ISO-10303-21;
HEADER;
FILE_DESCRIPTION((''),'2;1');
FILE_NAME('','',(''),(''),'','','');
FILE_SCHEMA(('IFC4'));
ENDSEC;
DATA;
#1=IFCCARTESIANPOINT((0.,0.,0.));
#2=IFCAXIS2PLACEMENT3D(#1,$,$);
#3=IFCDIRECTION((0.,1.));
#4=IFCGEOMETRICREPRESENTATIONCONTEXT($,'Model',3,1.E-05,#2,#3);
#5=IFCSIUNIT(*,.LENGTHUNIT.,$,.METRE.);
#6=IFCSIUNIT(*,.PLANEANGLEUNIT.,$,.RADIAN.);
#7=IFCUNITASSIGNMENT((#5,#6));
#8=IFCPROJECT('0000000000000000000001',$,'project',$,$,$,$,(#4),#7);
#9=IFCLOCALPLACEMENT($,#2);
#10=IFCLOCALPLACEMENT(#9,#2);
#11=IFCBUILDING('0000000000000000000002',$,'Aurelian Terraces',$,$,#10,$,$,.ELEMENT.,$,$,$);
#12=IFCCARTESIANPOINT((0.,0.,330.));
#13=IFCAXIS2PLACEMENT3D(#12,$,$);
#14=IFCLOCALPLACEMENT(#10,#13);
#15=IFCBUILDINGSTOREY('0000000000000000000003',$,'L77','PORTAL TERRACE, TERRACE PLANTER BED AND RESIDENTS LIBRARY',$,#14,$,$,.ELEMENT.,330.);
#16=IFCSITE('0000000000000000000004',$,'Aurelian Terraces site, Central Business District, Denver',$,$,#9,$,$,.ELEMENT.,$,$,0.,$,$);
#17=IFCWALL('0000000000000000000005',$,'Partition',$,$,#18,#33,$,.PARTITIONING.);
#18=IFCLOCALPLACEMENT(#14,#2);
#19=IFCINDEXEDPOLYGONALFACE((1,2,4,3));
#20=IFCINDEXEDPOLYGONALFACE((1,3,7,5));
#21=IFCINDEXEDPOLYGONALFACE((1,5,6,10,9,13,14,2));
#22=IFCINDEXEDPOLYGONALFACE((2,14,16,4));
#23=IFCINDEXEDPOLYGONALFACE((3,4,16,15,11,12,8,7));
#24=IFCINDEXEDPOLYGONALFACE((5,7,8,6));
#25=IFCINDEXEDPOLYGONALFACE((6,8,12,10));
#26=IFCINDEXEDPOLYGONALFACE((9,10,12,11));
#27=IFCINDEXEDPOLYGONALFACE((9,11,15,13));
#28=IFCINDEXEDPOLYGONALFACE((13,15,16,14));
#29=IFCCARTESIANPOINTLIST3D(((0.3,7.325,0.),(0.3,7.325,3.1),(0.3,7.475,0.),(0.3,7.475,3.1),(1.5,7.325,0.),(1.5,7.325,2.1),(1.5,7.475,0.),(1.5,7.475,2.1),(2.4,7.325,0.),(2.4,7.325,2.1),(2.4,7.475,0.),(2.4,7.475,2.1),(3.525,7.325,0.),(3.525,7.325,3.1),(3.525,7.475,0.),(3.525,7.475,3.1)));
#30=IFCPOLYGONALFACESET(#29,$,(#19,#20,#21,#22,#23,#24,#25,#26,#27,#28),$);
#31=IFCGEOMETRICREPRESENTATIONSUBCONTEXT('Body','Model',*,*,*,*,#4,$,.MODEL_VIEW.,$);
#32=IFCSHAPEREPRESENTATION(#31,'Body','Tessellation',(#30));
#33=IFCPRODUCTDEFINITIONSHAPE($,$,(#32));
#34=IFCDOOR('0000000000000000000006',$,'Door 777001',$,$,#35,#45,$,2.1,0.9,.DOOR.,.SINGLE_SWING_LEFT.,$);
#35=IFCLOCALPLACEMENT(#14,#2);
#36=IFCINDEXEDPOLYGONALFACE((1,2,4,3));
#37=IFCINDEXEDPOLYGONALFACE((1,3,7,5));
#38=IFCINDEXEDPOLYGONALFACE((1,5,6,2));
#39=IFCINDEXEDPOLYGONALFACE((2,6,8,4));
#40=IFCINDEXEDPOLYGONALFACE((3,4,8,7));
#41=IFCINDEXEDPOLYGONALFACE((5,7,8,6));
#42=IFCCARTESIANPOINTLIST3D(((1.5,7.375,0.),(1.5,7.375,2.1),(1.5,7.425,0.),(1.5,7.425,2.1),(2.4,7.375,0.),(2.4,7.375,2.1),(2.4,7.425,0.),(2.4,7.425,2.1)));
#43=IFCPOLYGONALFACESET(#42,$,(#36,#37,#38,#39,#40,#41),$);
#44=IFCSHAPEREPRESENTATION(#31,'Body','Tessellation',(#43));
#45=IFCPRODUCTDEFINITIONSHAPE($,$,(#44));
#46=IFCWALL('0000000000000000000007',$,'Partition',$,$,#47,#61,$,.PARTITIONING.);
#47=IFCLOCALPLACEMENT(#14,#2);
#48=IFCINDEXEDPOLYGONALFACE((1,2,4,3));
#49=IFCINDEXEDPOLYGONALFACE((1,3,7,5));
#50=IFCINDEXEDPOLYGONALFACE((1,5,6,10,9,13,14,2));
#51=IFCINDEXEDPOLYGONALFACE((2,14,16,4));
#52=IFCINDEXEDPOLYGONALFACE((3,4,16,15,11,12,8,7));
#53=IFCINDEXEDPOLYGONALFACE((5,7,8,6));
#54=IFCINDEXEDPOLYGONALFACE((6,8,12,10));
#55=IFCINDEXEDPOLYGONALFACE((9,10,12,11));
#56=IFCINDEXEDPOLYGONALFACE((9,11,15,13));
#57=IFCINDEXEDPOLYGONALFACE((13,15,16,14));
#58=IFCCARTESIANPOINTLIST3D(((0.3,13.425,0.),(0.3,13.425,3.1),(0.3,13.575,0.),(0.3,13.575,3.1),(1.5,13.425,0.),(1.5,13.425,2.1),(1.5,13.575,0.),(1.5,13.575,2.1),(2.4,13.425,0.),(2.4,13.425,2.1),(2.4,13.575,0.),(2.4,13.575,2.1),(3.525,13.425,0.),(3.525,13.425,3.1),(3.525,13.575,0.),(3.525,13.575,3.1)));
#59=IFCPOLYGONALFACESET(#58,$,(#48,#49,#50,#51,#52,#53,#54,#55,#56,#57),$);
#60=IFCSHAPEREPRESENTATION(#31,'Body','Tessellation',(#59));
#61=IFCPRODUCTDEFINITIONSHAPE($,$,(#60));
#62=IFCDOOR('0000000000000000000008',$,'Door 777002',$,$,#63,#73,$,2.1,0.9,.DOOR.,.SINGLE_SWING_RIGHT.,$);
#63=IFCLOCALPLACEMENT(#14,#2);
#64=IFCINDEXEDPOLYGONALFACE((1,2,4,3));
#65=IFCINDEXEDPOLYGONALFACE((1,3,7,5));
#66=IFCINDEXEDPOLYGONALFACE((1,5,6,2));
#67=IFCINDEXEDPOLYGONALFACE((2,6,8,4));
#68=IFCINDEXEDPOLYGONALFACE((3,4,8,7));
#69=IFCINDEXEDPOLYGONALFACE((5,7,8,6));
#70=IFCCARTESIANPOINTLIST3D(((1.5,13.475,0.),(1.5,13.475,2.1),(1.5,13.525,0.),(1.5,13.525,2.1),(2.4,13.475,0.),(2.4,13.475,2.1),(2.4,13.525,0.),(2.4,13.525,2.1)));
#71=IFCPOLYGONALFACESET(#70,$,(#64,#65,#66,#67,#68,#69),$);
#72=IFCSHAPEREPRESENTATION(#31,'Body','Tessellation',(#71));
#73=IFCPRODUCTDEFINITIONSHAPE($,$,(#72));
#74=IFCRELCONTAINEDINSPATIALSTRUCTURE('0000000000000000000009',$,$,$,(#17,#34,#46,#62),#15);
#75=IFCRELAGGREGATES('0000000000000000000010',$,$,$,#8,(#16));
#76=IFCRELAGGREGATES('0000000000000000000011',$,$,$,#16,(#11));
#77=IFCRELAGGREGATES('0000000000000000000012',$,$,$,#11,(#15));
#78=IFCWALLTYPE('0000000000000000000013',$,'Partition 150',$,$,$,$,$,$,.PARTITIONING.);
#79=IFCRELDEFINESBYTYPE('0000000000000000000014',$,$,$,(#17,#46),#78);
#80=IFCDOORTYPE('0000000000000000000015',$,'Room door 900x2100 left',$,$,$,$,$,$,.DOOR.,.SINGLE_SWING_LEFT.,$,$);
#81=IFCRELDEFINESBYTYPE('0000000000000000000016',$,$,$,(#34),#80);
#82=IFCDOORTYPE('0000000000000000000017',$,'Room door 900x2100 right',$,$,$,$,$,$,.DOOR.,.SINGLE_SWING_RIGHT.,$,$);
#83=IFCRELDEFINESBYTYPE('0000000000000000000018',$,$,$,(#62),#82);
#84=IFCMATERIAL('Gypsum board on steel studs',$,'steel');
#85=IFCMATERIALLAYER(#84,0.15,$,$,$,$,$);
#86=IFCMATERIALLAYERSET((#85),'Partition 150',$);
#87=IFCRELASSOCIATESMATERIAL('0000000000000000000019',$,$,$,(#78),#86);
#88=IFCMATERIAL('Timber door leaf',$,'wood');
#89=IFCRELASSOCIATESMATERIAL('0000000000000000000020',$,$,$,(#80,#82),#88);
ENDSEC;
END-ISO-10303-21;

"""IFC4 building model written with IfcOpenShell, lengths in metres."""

from ifc_helpers import new_model, si_unit, direction, frame, frame_2d, origin, place, context, subcontext, project, spatial, rectangle, extrude, source, transform, mapped, material, layer, layer_set, type_object, element, fill, save


model = new_model("IFC4")

# Units and contexts
model_context = context("Model", 3, precision=1e-05, world=origin(), true_north=direction((0.0, 1.0)))
body_context = subcontext(model_context, "Body", "Model", "MODEL_VIEW")
ifc_project = project(units=[si_unit("LENGTHUNIT", "METRE"), si_unit("PLANEANGLEUNIT", "RADIAN")], contexts=[model_context])

# Site, building, storey
site_placement = place(None, origin())
site = spatial("IfcSite", under=ifc_project, at=site_placement, Name="Aurelian Terraces site, Central Business District, Denver", CompositionType="ELEMENT", RefElevation=0.0)
building_placement = place(site_placement, origin())
building = spatial("IfcBuilding", under=site, at=building_placement, Name="Aurelian Terraces", CompositionType="ELEMENT")
storey_placement = place(building_placement, frame((0.0, 0.0, 330.0)))
storey = spatial("IfcBuildingStorey", under=building, at=storey_placement, Name="L77", Description="PORTAL TERRACE, TERRACE PLANTER BED AND RESIDENTS LIBRARY", CompositionType="ELEMENT", Elevation=330.0)

# Walls, openings, doors
ifc_material_1 = material(Name="Gypsum board on steel studs", Category="steel")
ifc_layer_1 = layer(ifc_material_1, 0.15)
ifc_layer_set_1 = layer_set([ifc_layer_1], Name="Partition 150")
wall_type_1 = type_object("IfcWallType", Name="Partition 150", PredefinedType="PARTITIONING", material=ifc_layer_set_1)
shared_shape_1 = source(origin(), body_context, "Body", "SweptSolid", [
    extrude(rectangle(XDim=3.225, YDim=0.15, at=frame_2d((1.6125, 0.0))), origin(), (0.0, 0.0, 1.0), 3.1),
])
wall_1_placement = place(storey_placement, frame((0.3, 7.4, 0.0), z_axis=(0.0, 0.0, 1.0), x_axis=(1.0, 0.0, 0.0)))
wall_1 = element("IfcWall", 1, at=wall_1_placement, inside=storey, type_object=wall_type_1, Name="Partition", PredefinedType="PARTITIONING", context=body_context, shape_type="MappedRepresentation", body=[
    mapped(shared_shape_1, transform((0.0, 0.0, 0.0), scale=1.0)),
])
shared_shape_2 = source(origin(), body_context, "Body", "SweptSolid", [
    extrude(rectangle(XDim=0.9, YDim=2.1, at=frame_2d((0.45, 1.05))), frame((0.0, 0.085, 0.0), z_axis=(0.0, -1.0, 0.0), x_axis=(1.0, 0.0, 0.0)), (0.0, 0.0, 1.0), 0.17),
])
opening_1_placement = place(wall_1_placement, frame((1.2, 0.0, 0.0)))
opening_1 = element("IfcOpeningElement", 2, at=opening_1_placement, cuts=wall_1, PredefinedType="OPENING", context=body_context, shape_type="MappedRepresentation", body=[
    mapped(shared_shape_2, transform((0.0, 0.0, 0.0), scale=1.0)),
])
ifc_material_2 = material(Name="Timber door leaf", Category="wood")
door_type_1 = type_object("IfcDoorType", Name="Room door 900x2100 left", OperationType="SINGLE_SWING_LEFT", PredefinedType="DOOR", material=ifc_material_2)
shared_shape_3 = source(origin(), body_context, "Body", "SweptSolid", [
    extrude(rectangle(XDim=0.9, YDim=2.1, at=frame_2d((0.45, 1.05))), frame((0.0, 0.025, 0.0), z_axis=(0.0, -1.0, 0.0), x_axis=(1.0, 0.0, 0.0)), (0.0, 0.0, 1.0), 0.05),
])
door_1_placement = place(opening_1_placement, origin())
door_1 = element("IfcDoor", 3, at=door_1_placement, inside=storey, type_object=door_type_1, Name="Door 777001", OperationType="SINGLE_SWING_LEFT", OverallHeight=2.1, OverallWidth=0.9, PredefinedType="DOOR", context=body_context, shape_type="MappedRepresentation", body=[
    mapped(shared_shape_3, transform((0.0, 0.0, 0.0), scale=1.0)),
])
fill(opening_1, door_1)
wall_2_placement = place(storey_placement, frame((0.3, 13.5, 0.0), z_axis=(0.0, 0.0, 1.0), x_axis=(1.0, 0.0, 0.0)))
wall_2 = element("IfcWall", 4, at=wall_2_placement, inside=storey, type_object=wall_type_1, Name="Partition", PredefinedType="PARTITIONING", context=body_context, shape_type="MappedRepresentation", body=[
    mapped(shared_shape_1, transform((0.0, 0.0, 0.0), scale=1.0)),
])
opening_2_placement = place(wall_2_placement, frame((1.2, 0.0, 0.0)))
opening_2 = element("IfcOpeningElement", 5, at=opening_2_placement, cuts=wall_2, PredefinedType="OPENING", context=body_context, shape_type="MappedRepresentation", body=[
    mapped(shared_shape_2, transform((0.0, 0.0, 0.0), scale=1.0)),
])
door_type_2 = type_object("IfcDoorType", Name="Room door 900x2100 right", OperationType="SINGLE_SWING_RIGHT", PredefinedType="DOOR", material=ifc_material_2)
door_2_placement = place(opening_2_placement, origin())
door_2 = element("IfcDoor", 6, at=door_2_placement, inside=storey, type_object=door_type_2, Name="Door 777002", OperationType="SINGLE_SWING_RIGHT", OverallHeight=2.1, OverallWidth=0.9, PredefinedType="DOOR", context=body_context, shape_type="MappedRepresentation", body=[
    mapped(shared_shape_3, transform((0.0, 0.0, 0.0), scale=1.0)),
])
fill(opening_2, door_2)

save(model, "model.ifc")
